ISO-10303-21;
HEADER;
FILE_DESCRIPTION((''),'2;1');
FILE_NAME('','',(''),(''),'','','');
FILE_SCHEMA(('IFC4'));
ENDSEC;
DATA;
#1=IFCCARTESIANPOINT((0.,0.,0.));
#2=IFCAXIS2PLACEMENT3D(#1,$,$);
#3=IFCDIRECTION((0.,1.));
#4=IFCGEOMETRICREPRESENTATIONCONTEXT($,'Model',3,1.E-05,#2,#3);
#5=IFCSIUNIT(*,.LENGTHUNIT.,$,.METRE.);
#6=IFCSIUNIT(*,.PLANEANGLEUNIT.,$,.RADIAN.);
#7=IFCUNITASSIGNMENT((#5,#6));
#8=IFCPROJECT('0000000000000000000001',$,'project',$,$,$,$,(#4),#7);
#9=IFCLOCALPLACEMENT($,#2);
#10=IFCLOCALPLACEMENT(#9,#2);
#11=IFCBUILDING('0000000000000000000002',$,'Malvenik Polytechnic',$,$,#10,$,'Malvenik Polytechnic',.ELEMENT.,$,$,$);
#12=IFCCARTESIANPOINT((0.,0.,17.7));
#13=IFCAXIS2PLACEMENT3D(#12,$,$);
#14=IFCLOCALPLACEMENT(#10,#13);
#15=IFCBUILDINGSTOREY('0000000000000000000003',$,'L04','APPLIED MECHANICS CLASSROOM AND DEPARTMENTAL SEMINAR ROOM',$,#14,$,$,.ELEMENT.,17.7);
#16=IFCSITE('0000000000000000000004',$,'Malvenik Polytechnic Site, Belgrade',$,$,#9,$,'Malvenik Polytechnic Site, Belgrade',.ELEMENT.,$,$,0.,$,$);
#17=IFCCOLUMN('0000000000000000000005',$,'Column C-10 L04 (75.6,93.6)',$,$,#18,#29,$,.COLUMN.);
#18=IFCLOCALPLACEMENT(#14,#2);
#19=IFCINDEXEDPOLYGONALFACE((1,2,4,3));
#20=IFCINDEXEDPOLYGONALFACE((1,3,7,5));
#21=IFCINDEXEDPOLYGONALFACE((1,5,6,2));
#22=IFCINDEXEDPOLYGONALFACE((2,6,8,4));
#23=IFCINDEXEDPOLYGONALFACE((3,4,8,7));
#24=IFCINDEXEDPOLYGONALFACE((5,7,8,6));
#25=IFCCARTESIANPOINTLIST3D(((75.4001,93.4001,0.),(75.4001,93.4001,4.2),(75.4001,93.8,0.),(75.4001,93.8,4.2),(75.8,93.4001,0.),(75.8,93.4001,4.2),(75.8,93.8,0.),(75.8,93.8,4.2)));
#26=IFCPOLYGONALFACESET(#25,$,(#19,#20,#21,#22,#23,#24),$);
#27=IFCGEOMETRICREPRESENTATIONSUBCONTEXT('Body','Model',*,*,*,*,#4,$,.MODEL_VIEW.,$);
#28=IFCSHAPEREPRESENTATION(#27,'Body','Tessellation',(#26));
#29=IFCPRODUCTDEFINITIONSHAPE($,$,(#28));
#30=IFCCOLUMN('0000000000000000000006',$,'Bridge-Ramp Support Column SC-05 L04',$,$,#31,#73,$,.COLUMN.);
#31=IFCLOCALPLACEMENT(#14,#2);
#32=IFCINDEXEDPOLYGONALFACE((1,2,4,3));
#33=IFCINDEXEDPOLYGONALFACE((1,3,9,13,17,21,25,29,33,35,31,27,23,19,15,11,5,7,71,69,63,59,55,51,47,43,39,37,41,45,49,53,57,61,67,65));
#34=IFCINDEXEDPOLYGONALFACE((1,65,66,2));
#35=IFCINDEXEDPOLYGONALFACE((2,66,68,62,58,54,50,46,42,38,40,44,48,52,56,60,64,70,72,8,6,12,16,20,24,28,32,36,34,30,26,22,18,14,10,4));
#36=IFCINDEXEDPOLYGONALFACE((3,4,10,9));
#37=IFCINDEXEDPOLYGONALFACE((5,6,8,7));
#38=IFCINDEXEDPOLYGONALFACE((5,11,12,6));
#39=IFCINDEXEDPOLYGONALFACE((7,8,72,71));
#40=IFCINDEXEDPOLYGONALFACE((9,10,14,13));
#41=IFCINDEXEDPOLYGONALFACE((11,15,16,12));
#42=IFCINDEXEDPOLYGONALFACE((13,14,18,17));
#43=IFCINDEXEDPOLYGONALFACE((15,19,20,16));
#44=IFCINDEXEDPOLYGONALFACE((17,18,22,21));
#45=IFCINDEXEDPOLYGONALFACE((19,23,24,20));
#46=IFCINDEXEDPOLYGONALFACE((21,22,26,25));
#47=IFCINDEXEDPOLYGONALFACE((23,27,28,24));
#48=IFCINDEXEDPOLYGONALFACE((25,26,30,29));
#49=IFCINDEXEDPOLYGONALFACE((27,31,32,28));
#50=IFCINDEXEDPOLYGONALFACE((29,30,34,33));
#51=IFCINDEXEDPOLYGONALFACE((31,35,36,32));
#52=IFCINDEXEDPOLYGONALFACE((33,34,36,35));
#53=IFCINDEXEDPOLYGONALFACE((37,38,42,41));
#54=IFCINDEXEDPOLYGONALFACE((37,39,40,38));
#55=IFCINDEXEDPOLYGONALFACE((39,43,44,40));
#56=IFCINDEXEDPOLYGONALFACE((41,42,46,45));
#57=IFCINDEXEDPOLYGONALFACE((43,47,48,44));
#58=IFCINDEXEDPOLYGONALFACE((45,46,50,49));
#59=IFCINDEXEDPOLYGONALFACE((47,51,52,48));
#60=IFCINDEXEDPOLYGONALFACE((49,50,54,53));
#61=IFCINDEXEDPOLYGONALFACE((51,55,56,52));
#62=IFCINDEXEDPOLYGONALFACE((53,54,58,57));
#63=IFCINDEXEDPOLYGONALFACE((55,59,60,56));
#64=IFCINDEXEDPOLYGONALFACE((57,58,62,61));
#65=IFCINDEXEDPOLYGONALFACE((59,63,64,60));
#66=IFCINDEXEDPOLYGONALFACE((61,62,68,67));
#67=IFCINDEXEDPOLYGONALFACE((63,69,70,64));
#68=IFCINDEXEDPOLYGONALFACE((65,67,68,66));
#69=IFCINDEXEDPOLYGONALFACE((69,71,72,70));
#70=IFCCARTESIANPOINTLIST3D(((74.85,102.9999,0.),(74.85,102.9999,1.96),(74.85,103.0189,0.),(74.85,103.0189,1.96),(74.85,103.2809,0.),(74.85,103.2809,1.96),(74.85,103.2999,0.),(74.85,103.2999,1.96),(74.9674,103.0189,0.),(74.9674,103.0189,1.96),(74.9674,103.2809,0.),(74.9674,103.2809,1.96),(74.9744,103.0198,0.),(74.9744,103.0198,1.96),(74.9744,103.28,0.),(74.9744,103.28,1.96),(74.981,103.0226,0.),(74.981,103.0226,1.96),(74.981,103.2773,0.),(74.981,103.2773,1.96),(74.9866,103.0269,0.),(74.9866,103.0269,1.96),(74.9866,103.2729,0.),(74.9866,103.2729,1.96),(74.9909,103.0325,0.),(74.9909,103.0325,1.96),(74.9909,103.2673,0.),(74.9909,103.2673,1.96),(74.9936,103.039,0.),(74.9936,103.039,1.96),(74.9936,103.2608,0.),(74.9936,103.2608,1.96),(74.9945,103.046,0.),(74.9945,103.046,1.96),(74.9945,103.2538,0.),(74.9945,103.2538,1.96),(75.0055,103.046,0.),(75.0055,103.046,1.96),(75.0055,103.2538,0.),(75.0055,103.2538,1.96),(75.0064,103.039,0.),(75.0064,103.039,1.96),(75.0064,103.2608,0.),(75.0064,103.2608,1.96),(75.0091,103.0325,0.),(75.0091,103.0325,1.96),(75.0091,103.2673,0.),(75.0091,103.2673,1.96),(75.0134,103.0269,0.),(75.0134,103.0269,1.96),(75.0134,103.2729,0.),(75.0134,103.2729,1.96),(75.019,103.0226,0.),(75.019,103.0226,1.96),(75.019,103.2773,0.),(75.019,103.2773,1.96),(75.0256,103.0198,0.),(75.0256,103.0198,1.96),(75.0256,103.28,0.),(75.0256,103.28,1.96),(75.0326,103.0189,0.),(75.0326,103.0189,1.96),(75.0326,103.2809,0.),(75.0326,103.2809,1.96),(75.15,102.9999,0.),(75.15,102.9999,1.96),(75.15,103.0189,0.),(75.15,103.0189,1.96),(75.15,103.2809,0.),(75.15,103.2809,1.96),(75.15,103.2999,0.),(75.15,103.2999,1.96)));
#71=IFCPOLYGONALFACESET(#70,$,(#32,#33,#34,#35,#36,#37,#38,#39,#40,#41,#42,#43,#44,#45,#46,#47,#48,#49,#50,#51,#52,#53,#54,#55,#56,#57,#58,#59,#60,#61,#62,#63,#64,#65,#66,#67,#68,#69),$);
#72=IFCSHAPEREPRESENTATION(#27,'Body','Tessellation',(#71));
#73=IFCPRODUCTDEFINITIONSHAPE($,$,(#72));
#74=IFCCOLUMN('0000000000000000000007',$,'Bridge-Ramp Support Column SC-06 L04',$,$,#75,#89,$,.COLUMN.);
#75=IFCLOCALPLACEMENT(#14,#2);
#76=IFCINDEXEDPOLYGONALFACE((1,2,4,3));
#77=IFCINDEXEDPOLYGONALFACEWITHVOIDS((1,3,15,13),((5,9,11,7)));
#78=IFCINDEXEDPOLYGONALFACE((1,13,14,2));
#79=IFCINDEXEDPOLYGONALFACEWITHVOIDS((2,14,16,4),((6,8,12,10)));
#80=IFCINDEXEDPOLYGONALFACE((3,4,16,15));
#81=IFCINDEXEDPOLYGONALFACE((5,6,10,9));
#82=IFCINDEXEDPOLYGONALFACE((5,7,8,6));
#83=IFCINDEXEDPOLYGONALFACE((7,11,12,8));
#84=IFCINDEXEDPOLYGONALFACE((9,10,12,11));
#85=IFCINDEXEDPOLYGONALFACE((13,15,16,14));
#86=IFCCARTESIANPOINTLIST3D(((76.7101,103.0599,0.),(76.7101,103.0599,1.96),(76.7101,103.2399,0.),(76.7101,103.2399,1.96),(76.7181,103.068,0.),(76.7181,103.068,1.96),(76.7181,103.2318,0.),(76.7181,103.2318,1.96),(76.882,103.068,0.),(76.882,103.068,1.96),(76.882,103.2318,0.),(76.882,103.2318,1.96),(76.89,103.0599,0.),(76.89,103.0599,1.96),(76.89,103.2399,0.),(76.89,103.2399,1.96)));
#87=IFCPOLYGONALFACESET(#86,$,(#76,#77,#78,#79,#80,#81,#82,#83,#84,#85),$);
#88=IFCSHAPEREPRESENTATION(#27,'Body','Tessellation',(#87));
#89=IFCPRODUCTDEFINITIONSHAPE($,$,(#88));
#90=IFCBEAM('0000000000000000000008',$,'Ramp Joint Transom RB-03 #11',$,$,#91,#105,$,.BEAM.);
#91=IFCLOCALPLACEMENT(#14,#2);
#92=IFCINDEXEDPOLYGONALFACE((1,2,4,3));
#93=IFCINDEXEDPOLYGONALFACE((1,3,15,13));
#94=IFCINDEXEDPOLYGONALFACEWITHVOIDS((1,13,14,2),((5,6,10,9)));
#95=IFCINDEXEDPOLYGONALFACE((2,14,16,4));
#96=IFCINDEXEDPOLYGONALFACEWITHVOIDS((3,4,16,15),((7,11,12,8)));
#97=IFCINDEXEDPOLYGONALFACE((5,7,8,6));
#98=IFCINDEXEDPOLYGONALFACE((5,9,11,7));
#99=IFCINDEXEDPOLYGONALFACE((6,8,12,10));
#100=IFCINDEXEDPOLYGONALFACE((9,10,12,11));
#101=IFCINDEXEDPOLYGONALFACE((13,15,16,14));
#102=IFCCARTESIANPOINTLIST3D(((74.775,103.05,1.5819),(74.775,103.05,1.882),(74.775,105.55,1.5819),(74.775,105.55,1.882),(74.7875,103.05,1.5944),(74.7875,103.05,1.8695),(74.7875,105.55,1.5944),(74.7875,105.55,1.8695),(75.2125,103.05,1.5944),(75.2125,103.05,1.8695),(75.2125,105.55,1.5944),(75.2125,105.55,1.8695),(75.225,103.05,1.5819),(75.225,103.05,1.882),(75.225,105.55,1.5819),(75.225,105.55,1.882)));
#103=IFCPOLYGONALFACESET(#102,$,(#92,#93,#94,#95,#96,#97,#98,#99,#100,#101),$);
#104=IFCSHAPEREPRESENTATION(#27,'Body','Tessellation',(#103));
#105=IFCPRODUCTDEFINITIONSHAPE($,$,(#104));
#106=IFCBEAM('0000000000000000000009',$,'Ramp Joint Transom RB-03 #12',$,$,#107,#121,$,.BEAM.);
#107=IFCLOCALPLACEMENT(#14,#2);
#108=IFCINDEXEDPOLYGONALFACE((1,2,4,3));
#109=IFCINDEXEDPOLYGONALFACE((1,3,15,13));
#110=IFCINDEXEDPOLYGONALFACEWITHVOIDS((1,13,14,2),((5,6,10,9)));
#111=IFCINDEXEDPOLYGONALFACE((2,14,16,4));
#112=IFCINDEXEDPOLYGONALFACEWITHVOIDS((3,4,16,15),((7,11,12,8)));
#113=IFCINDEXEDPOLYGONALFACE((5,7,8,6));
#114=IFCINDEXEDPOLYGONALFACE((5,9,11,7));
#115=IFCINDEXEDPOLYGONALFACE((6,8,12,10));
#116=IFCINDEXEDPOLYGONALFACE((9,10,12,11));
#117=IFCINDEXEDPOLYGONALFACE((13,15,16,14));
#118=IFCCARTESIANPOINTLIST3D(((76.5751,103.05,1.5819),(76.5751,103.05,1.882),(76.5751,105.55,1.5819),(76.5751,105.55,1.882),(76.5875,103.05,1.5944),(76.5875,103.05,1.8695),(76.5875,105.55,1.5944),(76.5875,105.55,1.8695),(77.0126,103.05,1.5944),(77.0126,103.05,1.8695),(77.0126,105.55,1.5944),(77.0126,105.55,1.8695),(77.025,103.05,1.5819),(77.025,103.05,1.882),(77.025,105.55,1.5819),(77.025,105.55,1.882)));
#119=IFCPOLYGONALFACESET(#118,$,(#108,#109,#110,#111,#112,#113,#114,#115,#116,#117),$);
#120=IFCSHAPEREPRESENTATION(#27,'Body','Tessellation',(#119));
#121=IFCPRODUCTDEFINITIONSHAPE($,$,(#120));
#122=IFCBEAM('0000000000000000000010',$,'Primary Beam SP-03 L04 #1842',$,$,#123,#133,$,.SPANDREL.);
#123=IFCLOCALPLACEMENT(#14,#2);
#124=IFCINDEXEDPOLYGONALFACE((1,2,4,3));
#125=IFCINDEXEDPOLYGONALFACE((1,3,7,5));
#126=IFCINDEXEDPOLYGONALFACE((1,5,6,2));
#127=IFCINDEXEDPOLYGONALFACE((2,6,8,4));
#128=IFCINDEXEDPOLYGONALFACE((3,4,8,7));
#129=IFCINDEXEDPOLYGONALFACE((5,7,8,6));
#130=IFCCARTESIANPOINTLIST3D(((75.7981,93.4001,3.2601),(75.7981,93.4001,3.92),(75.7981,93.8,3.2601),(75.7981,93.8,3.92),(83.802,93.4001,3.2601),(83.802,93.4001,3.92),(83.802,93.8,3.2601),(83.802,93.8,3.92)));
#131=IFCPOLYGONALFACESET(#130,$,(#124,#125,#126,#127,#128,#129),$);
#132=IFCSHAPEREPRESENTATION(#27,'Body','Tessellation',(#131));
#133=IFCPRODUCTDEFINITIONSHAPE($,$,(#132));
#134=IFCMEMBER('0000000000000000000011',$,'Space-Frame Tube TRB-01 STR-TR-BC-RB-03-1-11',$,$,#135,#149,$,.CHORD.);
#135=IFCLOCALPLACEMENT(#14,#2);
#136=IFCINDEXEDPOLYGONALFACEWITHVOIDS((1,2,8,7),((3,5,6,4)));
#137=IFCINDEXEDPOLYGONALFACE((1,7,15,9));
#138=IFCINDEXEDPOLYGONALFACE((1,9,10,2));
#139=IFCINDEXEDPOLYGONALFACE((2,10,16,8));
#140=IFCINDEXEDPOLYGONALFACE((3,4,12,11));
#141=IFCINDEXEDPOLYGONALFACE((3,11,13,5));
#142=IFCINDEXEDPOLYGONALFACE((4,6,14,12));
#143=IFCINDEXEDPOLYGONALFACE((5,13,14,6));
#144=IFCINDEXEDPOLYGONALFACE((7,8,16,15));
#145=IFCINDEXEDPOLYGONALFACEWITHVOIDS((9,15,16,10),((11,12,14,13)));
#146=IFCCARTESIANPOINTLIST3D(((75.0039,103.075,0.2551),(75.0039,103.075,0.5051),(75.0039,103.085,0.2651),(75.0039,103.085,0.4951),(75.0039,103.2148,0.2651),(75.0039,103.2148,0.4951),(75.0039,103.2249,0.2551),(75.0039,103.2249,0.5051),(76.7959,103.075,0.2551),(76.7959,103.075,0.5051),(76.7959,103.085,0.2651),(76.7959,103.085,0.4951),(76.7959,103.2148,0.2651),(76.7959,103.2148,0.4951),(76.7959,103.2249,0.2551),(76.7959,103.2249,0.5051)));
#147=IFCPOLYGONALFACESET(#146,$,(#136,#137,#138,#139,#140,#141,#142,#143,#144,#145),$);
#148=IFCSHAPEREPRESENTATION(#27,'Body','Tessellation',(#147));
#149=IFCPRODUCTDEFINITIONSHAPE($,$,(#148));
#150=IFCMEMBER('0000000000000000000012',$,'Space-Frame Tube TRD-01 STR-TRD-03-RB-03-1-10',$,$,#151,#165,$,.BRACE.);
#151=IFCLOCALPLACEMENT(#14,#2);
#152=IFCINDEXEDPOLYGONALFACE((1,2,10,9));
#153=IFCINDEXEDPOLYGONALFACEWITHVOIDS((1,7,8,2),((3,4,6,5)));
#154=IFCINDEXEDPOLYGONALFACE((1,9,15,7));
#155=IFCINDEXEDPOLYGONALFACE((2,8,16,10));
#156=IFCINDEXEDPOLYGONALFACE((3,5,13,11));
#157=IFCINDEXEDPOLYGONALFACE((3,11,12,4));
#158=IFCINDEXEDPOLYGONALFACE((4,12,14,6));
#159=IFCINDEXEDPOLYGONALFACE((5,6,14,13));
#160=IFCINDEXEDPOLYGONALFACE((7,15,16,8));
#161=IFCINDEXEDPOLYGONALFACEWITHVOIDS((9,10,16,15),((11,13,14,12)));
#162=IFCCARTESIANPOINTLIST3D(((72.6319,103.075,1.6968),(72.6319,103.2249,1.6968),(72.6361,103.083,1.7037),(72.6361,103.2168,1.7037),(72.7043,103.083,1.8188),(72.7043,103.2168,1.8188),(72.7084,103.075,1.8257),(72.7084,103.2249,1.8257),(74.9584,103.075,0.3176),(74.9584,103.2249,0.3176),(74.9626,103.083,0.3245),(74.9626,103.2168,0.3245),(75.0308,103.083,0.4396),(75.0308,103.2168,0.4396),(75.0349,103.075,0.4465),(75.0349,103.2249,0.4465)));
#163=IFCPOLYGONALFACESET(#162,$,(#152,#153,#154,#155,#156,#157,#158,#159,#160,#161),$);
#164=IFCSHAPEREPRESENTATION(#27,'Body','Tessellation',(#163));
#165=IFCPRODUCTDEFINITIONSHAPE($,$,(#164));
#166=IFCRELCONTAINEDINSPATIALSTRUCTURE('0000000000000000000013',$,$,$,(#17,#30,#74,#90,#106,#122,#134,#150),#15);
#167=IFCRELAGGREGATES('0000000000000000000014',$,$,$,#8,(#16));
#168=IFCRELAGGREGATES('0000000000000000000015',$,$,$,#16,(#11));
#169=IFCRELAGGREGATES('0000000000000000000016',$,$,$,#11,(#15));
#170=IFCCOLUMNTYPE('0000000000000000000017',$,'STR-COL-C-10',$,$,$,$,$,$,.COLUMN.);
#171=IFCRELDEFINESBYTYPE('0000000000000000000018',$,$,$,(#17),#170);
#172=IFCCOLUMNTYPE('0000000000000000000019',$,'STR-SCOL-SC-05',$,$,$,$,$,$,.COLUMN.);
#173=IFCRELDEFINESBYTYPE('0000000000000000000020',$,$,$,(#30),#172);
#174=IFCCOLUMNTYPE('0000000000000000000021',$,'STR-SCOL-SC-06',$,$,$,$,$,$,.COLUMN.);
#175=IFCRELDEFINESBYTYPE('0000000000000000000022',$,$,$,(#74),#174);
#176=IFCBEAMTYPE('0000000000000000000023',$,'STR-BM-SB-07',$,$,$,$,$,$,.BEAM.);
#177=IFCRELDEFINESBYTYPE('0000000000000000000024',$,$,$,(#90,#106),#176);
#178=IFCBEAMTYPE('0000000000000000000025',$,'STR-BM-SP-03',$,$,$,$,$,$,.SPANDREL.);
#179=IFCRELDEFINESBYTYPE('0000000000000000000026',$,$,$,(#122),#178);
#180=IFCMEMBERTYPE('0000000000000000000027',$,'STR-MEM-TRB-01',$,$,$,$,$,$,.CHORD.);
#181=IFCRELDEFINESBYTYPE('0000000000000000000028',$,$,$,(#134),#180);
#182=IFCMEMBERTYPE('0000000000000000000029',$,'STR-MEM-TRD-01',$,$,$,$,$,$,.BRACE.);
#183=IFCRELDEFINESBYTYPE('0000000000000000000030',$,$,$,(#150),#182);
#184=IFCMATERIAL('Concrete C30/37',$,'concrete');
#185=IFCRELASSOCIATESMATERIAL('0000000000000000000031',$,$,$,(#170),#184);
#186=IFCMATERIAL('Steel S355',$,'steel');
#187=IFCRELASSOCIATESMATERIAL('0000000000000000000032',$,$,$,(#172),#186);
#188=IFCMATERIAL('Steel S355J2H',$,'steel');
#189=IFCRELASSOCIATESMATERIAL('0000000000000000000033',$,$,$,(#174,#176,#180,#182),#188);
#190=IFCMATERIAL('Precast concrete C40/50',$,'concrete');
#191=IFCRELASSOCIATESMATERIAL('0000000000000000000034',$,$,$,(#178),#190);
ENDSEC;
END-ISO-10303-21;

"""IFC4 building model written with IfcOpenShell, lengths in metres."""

from ifc_helpers import new_model, si_unit, direction, frame, origin, origin_2d, place, context, subcontext, project, spatial, rectangle, hollow_rectangle, i_section, extrude, material, material_profile, profile_set, type_object, element, save


model = new_model("IFC4")

# Units and contexts
model_context = context("Model", 3, precision=1e-05, world=origin(), true_north=direction((0.0, 1.0)))
body_context = subcontext(model_context, "Body", "Model", "MODEL_VIEW")
ifc_project = project(units=[si_unit("LENGTHUNIT", "METRE"), si_unit("PLANEANGLEUNIT", "RADIAN")], contexts=[model_context])

# Site, building, storey
site_placement = place(None, origin())
site = spatial("IfcSite", under=ifc_project, at=site_placement, Name="Malvenik Polytechnic Site, Belgrade", LongName="Malvenik Polytechnic Site, Belgrade", CompositionType="ELEMENT", RefElevation=0.0)
building_placement = place(site_placement, origin())
building = spatial("IfcBuilding", under=site, at=building_placement, Name="Malvenik Polytechnic", LongName="Malvenik Polytechnic", CompositionType="ELEMENT")
storey_placement = place(building_placement, frame((0.0, 0.0, 17.7)))
storey = spatial("IfcBuildingStorey", under=building, at=storey_placement, Name="L04", Description="APPLIED MECHANICS CLASSROOM AND DEPARTMENTAL SEMINAR ROOM", CompositionType="ELEMENT", Elevation=17.7)

# Columns
ifc_material_1 = material(Name="Concrete C30/37", Category="concrete")
ifc_material_profile_1 = material_profile(ifc_material_1, rectangle(XDim=0.3999, YDim=0.3999, at=origin_2d()), Name="RC COL 400x400")
ifc_profile_set_1 = profile_set([ifc_material_profile_1], Name="Concrete C30/37")
column_type_1 = type_object("IfcColumnType", Name="STR-COL-C-10", PredefinedType="COLUMN", material=ifc_profile_set_1)
column_1_placement = place(storey_placement, frame((75.6001, 93.6001, 0.0), z_axis=(0.0, 0.0, 1.0), x_axis=(1.0, 0.0, 0.0)))
element("IfcColumn", 1, at=column_1_placement, inside=storey, type_object=column_type_1, Name="Column C-10 L04 (75.6,93.6)", PredefinedType="COLUMN", context=body_context, shape_type="SweptSolid", body=[
    extrude(rectangle(XDim=0.3999, YDim=0.3999, at=origin_2d()), origin(), (0.0, 0.0, 1.0), 4.2),
])
ifc_material_2 = material(Name="Steel S355", Category="steel")
ifc_material_profile_2 = material_profile(ifc_material_2, i_section(OverallWidth=0.3, OverallDepth=0.3, WebThickness=0.011, FlangeThickness=0.019, FilletRadius=0.0271, at=origin_2d()), Name="HEB 300")
ifc_profile_set_2 = profile_set([ifc_material_profile_2], Name="Steel S355")
column_type_2 = type_object("IfcColumnType", Name="STR-SCOL-SC-05", PredefinedType="COLUMN", material=ifc_profile_set_2)
column_2_placement = place(storey_placement, frame((75.0, 103.1499, 0.0), z_axis=(0.0, 0.0, 1.0), x_axis=(1.0, 0.0, 0.0)))
element("IfcColumn", 2, at=column_2_placement, inside=storey, type_object=column_type_2, Name="Bridge-Ramp Support Column SC-05 L04", PredefinedType="COLUMN", context=body_context, shape_type="SweptSolid", body=[
    extrude(i_section(OverallWidth=0.3, OverallDepth=0.3, WebThickness=0.011, FlangeThickness=0.019, FilletRadius=0.0271, at=origin_2d()), origin(), (0.0, 0.0, 1.0), 1.96),
])
ifc_material_3 = material(Name="Steel S355J2H", Category="steel")
ifc_material_profile_3 = material_profile(ifc_material_3, hollow_rectangle(XDim=0.1799, YDim=0.1799, WallThickness=0.0081, at=origin_2d()), Name="SHS 180x180x8.0")
ifc_profile_set_3 = profile_set([ifc_material_profile_3], Name="Steel S355J2H")
column_type_3 = type_object("IfcColumnType", Name="STR-SCOL-SC-06", PredefinedType="COLUMN", material=ifc_profile_set_3)
column_3_placement = place(storey_placement, frame((76.8, 103.1499, 0.0), z_axis=(0.0, 0.0, 1.0), x_axis=(1.0, 0.0, 0.0)))
element("IfcColumn", 3, at=column_3_placement, inside=storey, type_object=column_type_3, Name="Bridge-Ramp Support Column SC-06 L04", PredefinedType="COLUMN", context=body_context, shape_type="SweptSolid", body=[
    extrude(hollow_rectangle(XDim=0.1799, YDim=0.1799, WallThickness=0.0081, at=origin_2d()), origin(), (0.0, 0.0, 1.0), 1.96),
])

# Beams
ifc_material_profile_4 = material_profile(ifc_material_3, hollow_rectangle(XDim=0.45, YDim=0.3, WallThickness=0.0125, at=origin_2d()), Name="RHS 450x300x12.5")
ifc_profile_set_4 = profile_set([ifc_material_profile_4], Name="Steel S355J2H")
beam_type_1 = type_object("IfcBeamType", Name="STR-BM-SB-07", PredefinedType="BEAM", material=ifc_profile_set_4)
for number, where, z_axis, x_axis, name in (
    (4, (75.0, 103.05, 1.7319), (0.0, 1.0, 0.0), (-1.0, 0.0, 0.0), "Ramp Joint Transom RB-03 #11"),
    (5, (76.8, 103.05, 1.7319), (0.0, 1.0, 0.0), (-1.0, 0.0, 0.0), "Ramp Joint Transom RB-03 #12"),
):
    element("IfcBeam", number, at=place(storey_placement, frame(where, z_axis=z_axis, x_axis=x_axis)), inside=storey, type_object=beam_type_1, Name=name, PredefinedType="BEAM", context=body_context, shape_type="SweptSolid", body=[
        extrude(hollow_rectangle(XDim=0.45, YDim=0.3, WallThickness=0.0125, at=origin_2d()), origin(), (0.0, 0.0, 1.0), 2.5),
    ])
ifc_material_4 = material(Name="Precast concrete C40/50", Category="concrete")
ifc_material_profile_5 = material_profile(ifc_material_4, rectangle(XDim=0.3999, YDim=0.6599, at=origin_2d()), Name="PC SPN 400x660")
ifc_profile_set_5 = profile_set([ifc_material_profile_5], Name="Precast concrete C40/50")
beam_type_2 = type_object("IfcBeamType", Name="STR-BM-SP-03", PredefinedType="SPANDREL", material=ifc_profile_set_5)
beam_placement = place(storey_placement, frame((75.7981, 93.6001, 3.5901), z_axis=(1.0, 0.0, 0.0), x_axis=(0.0, 1.0, 0.0)))
element("IfcBeam", 6, at=beam_placement, inside=storey, type_object=beam_type_2, Name="Primary Beam SP-03 L04 #1842", PredefinedType="SPANDREL", context=body_context, shape_type="SweptSolid", body=[
    extrude(rectangle(XDim=0.3999, YDim=0.6599, at=origin_2d()), origin(), (0.0, 0.0, 1.0), 8.0039),
])

# Members
ifc_material_profile_6 = material_profile(ifc_material_3, hollow_rectangle(XDim=0.1499, YDim=0.25, WallThickness=0.01, at=origin_2d()), Name="RHS 250x150x10.0")
ifc_profile_set_6 = profile_set([ifc_material_profile_6], Name="Steel S355J2H")
member_type_1 = type_object("IfcMemberType", Name="STR-MEM-TRB-01", PredefinedType="CHORD", material=ifc_profile_set_6)
member_1_placement = place(storey_placement, frame((75.0039, 103.1499, 0.3801), z_axis=(1.0, 0.0, 0.0), x_axis=(0.0, 1.0, 0.0)))
element("IfcMember", 7, at=member_1_placement, inside=storey, type_object=member_type_1, Name="Space-Frame Tube TRB-01 STR-TR-BC-RB-03-1-11", PredefinedType="CHORD", context=body_context, shape_type="SweptSolid", body=[
    extrude(hollow_rectangle(XDim=0.1499, YDim=0.25, WallThickness=0.01, at=origin_2d()), origin(), (0.0, 0.0, 1.0), 1.792),
])
ifc_material_profile_7 = material_profile(ifc_material_3, hollow_rectangle(XDim=0.1499, YDim=0.1499, WallThickness=0.0081, at=origin_2d()), Name="SHS 150x150x8.0")
ifc_profile_set_7 = profile_set([ifc_material_profile_7], Name="Steel S355J2H")
member_type_2 = type_object("IfcMemberType", Name="STR-MEM-TRD-01", PredefinedType="BRACE", material=ifc_profile_set_7)
member_2_placement = place(storey_placement, frame((72.6702, 103.1499, 1.7612), z_axis=(0.860205, 0.0, -0.509948), x_axis=(0.0, 1.0, 0.0)))
element("IfcMember", 8, at=member_2_placement, inside=storey, type_object=member_type_2, Name="Space-Frame Tube TRD-01 STR-TRD-03-RB-03-1-10", PredefinedType="BRACE", context=body_context, shape_type="SweptSolid", body=[
    extrude(hollow_rectangle(XDim=0.1499, YDim=0.1499, WallThickness=0.0081, at=origin_2d()), origin(), (0.0, 0.0, 1.0), 2.7046),
])

save(model, "model.ifc")
